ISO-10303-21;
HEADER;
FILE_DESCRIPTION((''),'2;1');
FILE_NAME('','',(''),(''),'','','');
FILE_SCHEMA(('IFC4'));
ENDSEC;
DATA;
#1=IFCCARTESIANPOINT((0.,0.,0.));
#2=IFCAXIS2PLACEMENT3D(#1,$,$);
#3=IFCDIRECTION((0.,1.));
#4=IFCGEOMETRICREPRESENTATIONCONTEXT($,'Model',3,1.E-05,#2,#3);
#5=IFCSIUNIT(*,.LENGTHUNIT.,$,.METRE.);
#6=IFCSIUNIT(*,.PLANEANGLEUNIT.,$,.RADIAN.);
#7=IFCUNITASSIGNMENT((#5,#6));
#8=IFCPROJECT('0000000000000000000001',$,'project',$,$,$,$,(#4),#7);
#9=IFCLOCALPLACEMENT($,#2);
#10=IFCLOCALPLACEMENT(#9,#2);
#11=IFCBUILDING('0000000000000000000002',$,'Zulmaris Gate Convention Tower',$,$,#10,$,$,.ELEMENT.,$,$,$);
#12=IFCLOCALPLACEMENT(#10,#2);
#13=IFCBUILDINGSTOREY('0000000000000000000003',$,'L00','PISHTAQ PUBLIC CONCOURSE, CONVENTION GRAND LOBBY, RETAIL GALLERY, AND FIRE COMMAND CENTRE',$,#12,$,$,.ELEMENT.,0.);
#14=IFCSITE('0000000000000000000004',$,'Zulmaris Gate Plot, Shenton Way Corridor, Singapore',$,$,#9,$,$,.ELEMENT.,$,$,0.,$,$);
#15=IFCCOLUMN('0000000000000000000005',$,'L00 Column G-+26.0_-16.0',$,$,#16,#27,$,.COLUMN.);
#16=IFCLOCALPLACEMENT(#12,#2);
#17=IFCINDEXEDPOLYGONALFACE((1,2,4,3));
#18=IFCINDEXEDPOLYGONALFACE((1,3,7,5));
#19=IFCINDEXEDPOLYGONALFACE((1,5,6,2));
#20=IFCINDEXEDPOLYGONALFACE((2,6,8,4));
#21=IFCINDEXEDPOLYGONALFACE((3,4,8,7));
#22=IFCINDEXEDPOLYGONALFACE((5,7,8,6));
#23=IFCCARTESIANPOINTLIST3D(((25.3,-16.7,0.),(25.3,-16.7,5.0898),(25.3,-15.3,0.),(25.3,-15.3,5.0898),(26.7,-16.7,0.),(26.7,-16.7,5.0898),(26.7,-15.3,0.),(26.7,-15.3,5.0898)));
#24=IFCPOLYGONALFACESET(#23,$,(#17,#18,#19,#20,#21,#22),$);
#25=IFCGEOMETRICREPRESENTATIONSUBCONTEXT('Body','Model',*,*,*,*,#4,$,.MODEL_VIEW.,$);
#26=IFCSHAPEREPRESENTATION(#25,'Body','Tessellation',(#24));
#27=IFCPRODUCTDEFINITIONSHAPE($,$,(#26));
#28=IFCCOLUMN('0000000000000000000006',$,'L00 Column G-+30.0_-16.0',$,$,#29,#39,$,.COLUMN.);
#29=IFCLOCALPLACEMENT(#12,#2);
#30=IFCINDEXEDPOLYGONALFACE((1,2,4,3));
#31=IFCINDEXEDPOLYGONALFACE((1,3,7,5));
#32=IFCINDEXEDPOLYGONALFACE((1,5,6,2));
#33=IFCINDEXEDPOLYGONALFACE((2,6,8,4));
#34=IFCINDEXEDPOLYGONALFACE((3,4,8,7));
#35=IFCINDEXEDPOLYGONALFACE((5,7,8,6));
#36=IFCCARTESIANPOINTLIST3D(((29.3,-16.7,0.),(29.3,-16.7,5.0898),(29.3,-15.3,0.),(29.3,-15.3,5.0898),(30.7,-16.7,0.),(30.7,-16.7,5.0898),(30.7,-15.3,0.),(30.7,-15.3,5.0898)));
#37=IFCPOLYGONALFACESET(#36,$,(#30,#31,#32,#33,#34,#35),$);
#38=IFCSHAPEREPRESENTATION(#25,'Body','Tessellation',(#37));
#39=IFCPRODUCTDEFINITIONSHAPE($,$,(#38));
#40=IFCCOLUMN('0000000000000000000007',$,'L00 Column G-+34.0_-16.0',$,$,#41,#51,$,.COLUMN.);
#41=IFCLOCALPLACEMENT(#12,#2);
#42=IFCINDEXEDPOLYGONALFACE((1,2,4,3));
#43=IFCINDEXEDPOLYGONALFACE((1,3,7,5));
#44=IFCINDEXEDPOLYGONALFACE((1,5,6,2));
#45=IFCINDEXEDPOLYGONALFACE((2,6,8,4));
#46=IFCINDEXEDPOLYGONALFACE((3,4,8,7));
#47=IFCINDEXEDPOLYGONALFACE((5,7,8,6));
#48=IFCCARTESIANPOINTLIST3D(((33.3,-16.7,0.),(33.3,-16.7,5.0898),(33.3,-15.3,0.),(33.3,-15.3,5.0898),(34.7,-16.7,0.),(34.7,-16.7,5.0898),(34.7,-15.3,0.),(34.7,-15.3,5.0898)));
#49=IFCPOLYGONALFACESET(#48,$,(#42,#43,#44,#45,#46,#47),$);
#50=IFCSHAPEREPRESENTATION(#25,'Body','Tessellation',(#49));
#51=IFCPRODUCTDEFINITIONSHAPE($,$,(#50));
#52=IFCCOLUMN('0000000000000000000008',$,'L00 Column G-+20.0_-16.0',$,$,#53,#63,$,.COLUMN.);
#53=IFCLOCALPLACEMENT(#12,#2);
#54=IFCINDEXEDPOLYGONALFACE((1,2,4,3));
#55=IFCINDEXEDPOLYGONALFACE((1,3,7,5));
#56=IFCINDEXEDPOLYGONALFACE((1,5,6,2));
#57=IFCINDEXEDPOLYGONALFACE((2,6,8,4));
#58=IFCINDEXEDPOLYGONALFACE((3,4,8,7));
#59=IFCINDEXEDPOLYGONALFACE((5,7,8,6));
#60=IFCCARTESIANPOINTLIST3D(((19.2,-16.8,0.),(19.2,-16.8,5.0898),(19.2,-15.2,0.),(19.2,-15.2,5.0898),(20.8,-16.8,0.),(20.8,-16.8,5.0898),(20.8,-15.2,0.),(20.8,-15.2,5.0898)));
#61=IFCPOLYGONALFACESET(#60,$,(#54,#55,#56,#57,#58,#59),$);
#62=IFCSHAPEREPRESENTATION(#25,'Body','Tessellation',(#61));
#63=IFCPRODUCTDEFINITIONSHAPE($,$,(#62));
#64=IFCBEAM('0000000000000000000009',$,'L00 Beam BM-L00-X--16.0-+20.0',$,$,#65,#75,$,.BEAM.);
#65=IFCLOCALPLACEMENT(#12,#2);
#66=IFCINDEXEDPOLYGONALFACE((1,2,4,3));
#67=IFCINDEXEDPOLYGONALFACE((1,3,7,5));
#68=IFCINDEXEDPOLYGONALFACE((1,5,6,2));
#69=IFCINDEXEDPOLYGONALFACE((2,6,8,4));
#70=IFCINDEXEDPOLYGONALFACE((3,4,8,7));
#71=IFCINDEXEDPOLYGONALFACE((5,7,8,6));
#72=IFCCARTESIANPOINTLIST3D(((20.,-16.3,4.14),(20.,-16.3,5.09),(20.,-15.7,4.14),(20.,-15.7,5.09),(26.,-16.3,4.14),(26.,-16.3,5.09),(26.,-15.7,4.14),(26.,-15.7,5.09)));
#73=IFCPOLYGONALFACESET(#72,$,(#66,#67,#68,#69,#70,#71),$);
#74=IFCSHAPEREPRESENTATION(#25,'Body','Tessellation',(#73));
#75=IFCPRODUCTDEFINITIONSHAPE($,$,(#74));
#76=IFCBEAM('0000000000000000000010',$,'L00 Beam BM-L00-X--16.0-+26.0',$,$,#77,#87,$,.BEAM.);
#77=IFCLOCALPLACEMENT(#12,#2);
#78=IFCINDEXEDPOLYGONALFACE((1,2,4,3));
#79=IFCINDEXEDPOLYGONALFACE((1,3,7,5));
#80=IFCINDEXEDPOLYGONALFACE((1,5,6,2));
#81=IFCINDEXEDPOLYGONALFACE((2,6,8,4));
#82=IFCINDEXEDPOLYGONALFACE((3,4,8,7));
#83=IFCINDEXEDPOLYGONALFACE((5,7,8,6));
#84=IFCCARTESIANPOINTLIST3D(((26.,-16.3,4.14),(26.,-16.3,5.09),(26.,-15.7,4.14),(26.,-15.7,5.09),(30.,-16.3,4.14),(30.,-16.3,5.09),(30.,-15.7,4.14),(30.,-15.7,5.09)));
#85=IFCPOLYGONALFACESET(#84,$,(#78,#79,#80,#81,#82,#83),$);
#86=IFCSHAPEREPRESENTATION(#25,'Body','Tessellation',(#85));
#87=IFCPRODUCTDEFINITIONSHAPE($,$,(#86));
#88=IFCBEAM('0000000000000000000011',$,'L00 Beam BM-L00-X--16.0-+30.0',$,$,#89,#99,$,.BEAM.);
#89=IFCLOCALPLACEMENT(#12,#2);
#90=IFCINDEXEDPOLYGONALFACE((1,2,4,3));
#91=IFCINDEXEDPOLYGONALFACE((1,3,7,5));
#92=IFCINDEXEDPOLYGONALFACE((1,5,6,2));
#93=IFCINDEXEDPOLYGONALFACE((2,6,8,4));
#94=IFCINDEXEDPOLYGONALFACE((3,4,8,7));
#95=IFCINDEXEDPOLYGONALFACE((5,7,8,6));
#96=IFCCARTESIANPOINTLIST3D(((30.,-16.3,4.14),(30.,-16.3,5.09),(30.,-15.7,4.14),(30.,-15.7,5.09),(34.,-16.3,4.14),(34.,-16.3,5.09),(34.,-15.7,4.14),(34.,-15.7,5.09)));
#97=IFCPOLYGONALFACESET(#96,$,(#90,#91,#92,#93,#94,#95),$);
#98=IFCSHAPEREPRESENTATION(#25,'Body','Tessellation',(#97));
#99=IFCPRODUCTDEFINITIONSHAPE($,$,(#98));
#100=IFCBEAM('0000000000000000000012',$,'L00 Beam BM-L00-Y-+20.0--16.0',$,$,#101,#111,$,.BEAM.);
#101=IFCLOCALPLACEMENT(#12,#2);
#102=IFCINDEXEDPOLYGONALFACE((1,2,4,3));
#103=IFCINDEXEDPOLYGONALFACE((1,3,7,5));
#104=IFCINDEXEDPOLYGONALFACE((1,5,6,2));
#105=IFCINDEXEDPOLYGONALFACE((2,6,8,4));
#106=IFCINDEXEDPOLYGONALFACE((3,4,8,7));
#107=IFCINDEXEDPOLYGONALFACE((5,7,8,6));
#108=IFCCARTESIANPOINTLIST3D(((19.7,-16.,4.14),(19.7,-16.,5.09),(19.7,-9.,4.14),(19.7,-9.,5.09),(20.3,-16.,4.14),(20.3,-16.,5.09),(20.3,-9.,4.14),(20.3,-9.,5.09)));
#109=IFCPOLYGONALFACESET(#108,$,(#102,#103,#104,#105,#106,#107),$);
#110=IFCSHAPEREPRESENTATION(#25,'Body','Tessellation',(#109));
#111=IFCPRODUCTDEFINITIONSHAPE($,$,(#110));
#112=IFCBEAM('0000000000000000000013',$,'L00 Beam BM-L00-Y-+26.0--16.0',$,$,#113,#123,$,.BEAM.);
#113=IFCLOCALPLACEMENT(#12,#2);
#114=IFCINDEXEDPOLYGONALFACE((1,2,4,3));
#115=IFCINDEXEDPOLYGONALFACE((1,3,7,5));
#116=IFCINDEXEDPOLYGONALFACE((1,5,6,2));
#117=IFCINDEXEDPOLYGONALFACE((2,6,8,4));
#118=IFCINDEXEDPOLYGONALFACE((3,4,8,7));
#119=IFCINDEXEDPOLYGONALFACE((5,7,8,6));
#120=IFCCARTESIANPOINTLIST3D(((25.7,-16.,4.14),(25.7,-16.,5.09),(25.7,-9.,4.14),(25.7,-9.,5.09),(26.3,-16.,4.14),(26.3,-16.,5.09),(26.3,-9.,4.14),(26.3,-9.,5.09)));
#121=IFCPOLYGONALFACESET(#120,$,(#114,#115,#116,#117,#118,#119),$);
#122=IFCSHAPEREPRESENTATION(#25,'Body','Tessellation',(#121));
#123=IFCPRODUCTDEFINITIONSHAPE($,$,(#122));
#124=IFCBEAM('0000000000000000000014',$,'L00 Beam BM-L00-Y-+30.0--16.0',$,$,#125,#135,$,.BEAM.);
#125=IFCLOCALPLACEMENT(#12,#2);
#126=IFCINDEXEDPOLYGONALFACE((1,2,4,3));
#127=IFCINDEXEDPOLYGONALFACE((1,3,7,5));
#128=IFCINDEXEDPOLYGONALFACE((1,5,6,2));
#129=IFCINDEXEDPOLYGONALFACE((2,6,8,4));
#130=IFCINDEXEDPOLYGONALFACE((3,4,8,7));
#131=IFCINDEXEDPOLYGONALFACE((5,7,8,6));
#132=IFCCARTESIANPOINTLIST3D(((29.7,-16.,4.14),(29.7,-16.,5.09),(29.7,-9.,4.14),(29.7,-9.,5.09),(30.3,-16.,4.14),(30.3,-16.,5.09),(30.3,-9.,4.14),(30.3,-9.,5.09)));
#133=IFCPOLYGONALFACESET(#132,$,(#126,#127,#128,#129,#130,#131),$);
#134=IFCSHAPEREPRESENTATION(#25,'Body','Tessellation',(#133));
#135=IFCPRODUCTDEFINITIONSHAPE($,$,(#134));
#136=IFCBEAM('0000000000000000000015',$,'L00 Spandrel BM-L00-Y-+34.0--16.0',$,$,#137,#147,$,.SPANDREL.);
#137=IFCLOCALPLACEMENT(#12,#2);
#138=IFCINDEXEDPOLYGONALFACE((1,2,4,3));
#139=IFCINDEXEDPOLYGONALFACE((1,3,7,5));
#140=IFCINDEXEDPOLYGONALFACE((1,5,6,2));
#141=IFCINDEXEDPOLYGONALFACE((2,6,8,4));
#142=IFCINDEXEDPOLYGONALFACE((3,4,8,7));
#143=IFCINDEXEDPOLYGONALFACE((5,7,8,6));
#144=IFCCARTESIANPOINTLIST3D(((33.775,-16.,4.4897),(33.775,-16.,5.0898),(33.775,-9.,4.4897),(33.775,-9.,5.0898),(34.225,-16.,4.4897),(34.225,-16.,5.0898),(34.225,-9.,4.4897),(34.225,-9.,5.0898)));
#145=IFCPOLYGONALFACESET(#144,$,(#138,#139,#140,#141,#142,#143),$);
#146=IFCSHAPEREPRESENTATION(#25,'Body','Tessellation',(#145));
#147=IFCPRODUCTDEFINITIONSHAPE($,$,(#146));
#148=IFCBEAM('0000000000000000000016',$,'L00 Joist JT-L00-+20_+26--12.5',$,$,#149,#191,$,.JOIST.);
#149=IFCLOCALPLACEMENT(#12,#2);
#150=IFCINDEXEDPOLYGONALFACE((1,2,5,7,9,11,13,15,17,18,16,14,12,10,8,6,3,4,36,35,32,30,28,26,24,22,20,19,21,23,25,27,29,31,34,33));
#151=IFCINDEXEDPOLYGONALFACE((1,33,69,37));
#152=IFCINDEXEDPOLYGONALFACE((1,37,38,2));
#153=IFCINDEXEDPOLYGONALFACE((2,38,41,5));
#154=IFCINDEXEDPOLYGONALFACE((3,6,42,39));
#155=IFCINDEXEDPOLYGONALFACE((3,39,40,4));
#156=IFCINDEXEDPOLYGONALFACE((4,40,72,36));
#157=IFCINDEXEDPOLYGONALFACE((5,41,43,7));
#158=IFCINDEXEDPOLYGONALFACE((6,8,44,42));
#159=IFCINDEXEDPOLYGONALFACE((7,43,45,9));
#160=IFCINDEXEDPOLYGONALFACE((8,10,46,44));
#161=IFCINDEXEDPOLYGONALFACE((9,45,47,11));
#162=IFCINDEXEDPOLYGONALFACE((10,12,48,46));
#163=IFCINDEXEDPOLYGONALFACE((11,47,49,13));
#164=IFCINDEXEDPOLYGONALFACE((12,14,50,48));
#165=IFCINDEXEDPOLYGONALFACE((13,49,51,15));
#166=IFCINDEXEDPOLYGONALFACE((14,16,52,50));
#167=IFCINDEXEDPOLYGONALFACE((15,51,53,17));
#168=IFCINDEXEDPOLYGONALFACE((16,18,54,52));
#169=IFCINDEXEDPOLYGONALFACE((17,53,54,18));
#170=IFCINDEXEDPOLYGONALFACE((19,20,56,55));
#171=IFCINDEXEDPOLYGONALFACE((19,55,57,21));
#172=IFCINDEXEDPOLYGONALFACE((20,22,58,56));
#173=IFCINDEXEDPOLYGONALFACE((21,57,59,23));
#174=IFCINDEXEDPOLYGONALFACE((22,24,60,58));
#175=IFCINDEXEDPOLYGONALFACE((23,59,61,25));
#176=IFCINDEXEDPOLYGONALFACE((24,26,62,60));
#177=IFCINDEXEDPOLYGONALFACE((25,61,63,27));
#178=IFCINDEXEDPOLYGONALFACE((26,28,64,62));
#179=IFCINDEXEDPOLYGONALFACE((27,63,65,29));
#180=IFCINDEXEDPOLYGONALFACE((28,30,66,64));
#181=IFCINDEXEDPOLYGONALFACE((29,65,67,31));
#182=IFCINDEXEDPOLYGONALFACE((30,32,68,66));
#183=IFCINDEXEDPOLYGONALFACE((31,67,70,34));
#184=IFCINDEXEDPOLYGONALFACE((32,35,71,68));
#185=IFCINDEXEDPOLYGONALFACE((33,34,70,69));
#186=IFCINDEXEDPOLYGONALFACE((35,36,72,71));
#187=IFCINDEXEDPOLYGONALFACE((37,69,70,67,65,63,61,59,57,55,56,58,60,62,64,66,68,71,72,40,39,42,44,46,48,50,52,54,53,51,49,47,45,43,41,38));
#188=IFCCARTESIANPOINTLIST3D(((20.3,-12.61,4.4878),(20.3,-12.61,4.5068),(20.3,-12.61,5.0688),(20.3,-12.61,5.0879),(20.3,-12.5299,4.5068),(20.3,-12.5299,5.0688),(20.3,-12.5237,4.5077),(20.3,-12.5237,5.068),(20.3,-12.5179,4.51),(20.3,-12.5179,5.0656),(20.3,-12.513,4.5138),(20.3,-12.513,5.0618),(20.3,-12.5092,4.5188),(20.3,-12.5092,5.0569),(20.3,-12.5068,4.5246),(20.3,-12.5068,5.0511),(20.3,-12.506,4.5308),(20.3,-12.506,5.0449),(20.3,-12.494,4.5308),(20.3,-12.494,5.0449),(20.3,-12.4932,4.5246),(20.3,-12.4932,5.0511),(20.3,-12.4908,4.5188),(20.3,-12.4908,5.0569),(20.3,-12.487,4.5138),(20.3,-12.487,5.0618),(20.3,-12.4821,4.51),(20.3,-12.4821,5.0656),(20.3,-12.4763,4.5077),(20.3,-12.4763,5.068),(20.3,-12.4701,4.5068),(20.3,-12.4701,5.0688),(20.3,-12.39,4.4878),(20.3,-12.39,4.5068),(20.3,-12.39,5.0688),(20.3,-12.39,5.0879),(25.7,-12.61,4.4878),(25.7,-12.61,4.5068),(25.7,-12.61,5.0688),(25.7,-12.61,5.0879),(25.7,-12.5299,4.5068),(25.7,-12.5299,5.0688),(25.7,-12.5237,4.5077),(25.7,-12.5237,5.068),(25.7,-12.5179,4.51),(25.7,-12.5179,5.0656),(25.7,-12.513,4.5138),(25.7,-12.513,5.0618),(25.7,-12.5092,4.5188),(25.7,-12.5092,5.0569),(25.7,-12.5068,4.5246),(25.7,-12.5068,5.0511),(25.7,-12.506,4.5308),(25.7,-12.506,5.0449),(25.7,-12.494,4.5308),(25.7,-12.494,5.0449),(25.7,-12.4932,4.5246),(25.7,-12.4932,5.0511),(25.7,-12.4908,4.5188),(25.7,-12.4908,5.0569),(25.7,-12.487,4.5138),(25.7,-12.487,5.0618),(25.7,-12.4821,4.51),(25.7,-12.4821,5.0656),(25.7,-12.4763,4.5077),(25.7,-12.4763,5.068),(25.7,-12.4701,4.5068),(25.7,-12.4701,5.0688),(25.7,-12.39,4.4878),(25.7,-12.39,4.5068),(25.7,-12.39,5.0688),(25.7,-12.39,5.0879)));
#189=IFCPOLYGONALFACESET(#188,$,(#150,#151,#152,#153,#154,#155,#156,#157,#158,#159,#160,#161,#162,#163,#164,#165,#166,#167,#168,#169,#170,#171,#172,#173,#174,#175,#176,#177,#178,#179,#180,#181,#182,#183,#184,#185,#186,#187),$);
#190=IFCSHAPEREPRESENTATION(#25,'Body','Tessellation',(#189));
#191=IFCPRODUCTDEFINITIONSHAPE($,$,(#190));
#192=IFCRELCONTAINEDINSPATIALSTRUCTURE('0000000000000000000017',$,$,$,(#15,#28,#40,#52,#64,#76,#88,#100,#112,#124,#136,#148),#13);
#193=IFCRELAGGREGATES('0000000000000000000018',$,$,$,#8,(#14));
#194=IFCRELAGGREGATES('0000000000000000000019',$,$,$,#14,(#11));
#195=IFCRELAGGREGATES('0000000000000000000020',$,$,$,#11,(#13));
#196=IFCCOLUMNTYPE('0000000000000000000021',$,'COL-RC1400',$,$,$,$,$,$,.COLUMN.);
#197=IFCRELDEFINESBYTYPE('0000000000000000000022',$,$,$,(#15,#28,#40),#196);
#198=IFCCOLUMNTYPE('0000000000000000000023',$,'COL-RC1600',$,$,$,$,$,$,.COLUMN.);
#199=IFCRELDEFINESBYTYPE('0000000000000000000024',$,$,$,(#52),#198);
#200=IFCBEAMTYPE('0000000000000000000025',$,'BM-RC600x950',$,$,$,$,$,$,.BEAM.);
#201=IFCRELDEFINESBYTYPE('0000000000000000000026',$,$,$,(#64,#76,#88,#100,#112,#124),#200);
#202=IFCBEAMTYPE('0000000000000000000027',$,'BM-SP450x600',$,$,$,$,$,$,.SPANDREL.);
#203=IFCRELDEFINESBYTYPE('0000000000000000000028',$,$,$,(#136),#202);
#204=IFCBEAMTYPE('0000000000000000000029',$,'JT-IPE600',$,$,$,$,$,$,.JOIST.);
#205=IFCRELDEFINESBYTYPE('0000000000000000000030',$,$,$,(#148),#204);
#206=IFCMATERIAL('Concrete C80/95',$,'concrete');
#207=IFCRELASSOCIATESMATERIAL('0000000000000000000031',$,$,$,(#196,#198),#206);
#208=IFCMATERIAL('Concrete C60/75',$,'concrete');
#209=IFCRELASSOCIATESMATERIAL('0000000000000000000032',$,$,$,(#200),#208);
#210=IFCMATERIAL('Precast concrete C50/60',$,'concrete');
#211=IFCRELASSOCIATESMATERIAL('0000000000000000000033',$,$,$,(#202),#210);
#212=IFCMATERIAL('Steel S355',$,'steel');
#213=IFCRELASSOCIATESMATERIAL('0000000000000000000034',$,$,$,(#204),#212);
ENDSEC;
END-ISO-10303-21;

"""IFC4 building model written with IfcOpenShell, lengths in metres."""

from ifc_helpers import new_model, si_unit, direction, frame, origin, origin_2d, place, context, subcontext, project, spatial, rectangle, i_section, extrude, material, material_profile, profile_set, type_object, element, save


model = new_model("IFC4")

# Units and contexts
model_context = context("Model", 3, precision=1e-05, world=origin(), true_north=direction((0.0, 1.0)))
body_context = subcontext(model_context, "Body", "Model", "MODEL_VIEW")
ifc_project = project(units=[si_unit("LENGTHUNIT", "METRE"), si_unit("PLANEANGLEUNIT", "RADIAN")], contexts=[model_context])

# Site, building, storey
site_placement = place(None, origin())
site = spatial("IfcSite", under=ifc_project, at=site_placement, Name="Zulmaris Gate Plot, Shenton Way Corridor, Singapore", CompositionType="ELEMENT", RefElevation=0.0)
building_placement = place(site_placement, origin())
building = spatial("IfcBuilding", under=site, at=building_placement, Name="Zulmaris Gate Convention Tower", CompositionType="ELEMENT")
storey_placement = place(building_placement, origin())
storey = spatial("IfcBuildingStorey", under=building, at=storey_placement, Name="L00", Description="PISHTAQ PUBLIC CONCOURSE, CONVENTION GRAND LOBBY, RETAIL GALLERY, AND FIRE COMMAND CENTRE", CompositionType="ELEMENT", Elevation=0.0)

# Columns
ifc_material_1 = material(Name="Concrete C80/95", Category="concrete")
ifc_material_profile_1 = material_profile(ifc_material_1, rectangle(XDim=1.3999, YDim=1.3999, at=origin_2d()), Name="RC COL 1400x1400")
ifc_profile_set_1 = profile_set([ifc_material_profile_1], Name="Concrete C80/95")
column_type_1 = type_object("IfcColumnType", Name="COL-RC1400", PredefinedType="COLUMN", material=ifc_profile_set_1)
for number, where, z_axis, x_axis, name in (
    (1, (26.0, -16.0, 0.0), (0.0, 0.0, 1.0), (1.0, 0.0, 0.0), "L00 Column G-+26.0_-16.0"),
    (2, (30.0, -16.0, 0.0), (0.0, 0.0, 1.0), (1.0, 0.0, 0.0), "L00 Column G-+30.0_-16.0"),
    (3, (34.0, -16.0, 0.0), (0.0, 0.0, 1.0), (1.0, 0.0, 0.0), "L00 Column G-+34.0_-16.0"),
):
    element("IfcColumn", number, at=place(storey_placement, frame(where, z_axis=z_axis, x_axis=x_axis)), inside=storey, type_object=column_type_1, Name=name, PredefinedType="COLUMN", context=body_context, shape_type="SweptSolid", body=[
        extrude(rectangle(XDim=1.3999, YDim=1.3999, at=origin_2d()), origin(), (0.0, 0.0, 1.0), 5.0898),
    ])
ifc_material_profile_2 = material_profile(ifc_material_1, rectangle(XDim=1.6001, YDim=1.6001, at=origin_2d()), Name="RC COL 1600x1600")
ifc_profile_set_2 = profile_set([ifc_material_profile_2], Name="Concrete C80/95")
column_type_2 = type_object("IfcColumnType", Name="COL-RC1600", PredefinedType="COLUMN", material=ifc_profile_set_2)
column_placement = place(storey_placement, frame((20.0, -16.0, 0.0), z_axis=(0.0, 0.0, 1.0), x_axis=(1.0, 0.0, 0.0)))
element("IfcColumn", 4, at=column_placement, inside=storey, type_object=column_type_2, Name="L00 Column G-+20.0_-16.0", PredefinedType="COLUMN", context=body_context, shape_type="SweptSolid", body=[
    extrude(rectangle(XDim=1.6001, YDim=1.6001, at=origin_2d()), origin(), (0.0, 0.0, 1.0), 5.0898),
])

# Beams
ifc_material_2 = material(Name="Concrete C60/75", Category="concrete")
ifc_material_profile_3 = material_profile(ifc_material_2, rectangle(XDim=0.6001, YDim=0.95, at=origin_2d()), Name="RC BEAM 600x950")
ifc_profile_set_3 = profile_set([ifc_material_profile_3], Name="Concrete C60/75")
beam_type_1 = type_object("IfcBeamType", Name="BM-RC600x950", PredefinedType="BEAM", material=ifc_profile_set_3)
beam_1_placement = place(storey_placement, frame((20.0, -16.0, 4.615), z_axis=(1.0, 0.0, 0.0), x_axis=(0.0, 1.0, 0.0)))
element("IfcBeam", 5, at=beam_1_placement, inside=storey, type_object=beam_type_1, Name="L00 Beam BM-L00-X--16.0-+20.0", PredefinedType="BEAM", context=body_context, shape_type="SweptSolid", body=[
    extrude(rectangle(XDim=0.6001, YDim=0.95, at=origin_2d()), origin(), (0.0, 0.0, 1.0), 6.0),
])
for number, where, z_axis, x_axis, name in (
    (6, (26.0, -16.0, 4.615), (1.0, 0.0, 0.0), (0.0, 1.0, 0.0), "L00 Beam BM-L00-X--16.0-+26.0"),
    (7, (30.0, -16.0, 4.615), (1.0, 0.0, 0.0), (0.0, 1.0, 0.0), "L00 Beam BM-L00-X--16.0-+30.0"),
):
    element("IfcBeam", number, at=place(storey_placement, frame(where, z_axis=z_axis, x_axis=x_axis)), inside=storey, type_object=beam_type_1, Name=name, PredefinedType="BEAM", context=body_context, shape_type="SweptSolid", body=[
        extrude(rectangle(XDim=0.6001, YDim=0.95, at=origin_2d()), origin(), (0.0, 0.0, 1.0), 4.0),
    ])
for number, where, z_axis, x_axis, name in (
    (8, (20.0, -16.0, 4.615), (0.0, 1.0, 0.0), (-1.0, 0.0, 0.0), "L00 Beam BM-L00-Y-+20.0--16.0"),
    (9, (26.0, -16.0, 4.615), (0.0, 1.0, 0.0), (-1.0, 0.0, 0.0), "L00 Beam BM-L00-Y-+26.0--16.0"),
    (10, (30.0, -16.0, 4.615), (0.0, 1.0, 0.0), (-1.0, 0.0, 0.0), "L00 Beam BM-L00-Y-+30.0--16.0"),
):
    element("IfcBeam", number, at=place(storey_placement, frame(where, z_axis=z_axis, x_axis=x_axis)), inside=storey, type_object=beam_type_1, Name=name, PredefinedType="BEAM", context=body_context, shape_type="SweptSolid", body=[
        extrude(rectangle(XDim=0.6001, YDim=0.95, at=origin_2d()), origin(), (0.0, 0.0, 1.0), 7.0),
    ])
ifc_material_3 = material(Name="Precast concrete C50/60", Category="concrete")
ifc_material_profile_4 = material_profile(ifc_material_3, rectangle(XDim=0.45, YDim=0.6001, at=origin_2d()), Name="RC SPANDREL 450x600")
ifc_profile_set_4 = profile_set([ifc_material_profile_4], Name="Precast concrete C50/60")
beam_type_2 = type_object("IfcBeamType", Name="BM-SP450x600", PredefinedType="SPANDREL", material=ifc_profile_set_4)
beam_2_placement = place(storey_placement, frame((34.0, -16.0, 4.7898), z_axis=(0.0, 1.0, 0.0), x_axis=(-1.0, 0.0, 0.0)))
element("IfcBeam", 11, at=beam_2_placement, inside=storey, type_object=beam_type_2, Name="L00 Spandrel BM-L00-Y-+34.0--16.0", PredefinedType="SPANDREL", context=body_context, shape_type="SweptSolid", body=[
    extrude(rectangle(XDim=0.45, YDim=0.6001, at=origin_2d()), origin(), (0.0, 0.0, 1.0), 7.0),
])
ifc_material_4 = material(Name="Steel S355", Category="steel")
ifc_material_profile_5 = material_profile(ifc_material_4, i_section(OverallWidth=0.22, OverallDepth=0.6001, WebThickness=0.012, FlangeThickness=0.019, FilletRadius=0.0239, at=origin_2d()), Name="IPE 600")
ifc_profile_set_5 = profile_set([ifc_material_profile_5], Name="Steel S355")
beam_type_3 = type_object("IfcBeamType", Name="JT-IPE600", PredefinedType="JOIST", material=ifc_profile_set_5)
beam_3_placement = place(storey_placement, frame((20.3, -12.5, 4.7878), z_axis=(1.0, 0.0, 0.0), x_axis=(0.0, 1.0, 0.0)))
element("IfcBeam", 12, at=beam_3_placement, inside=storey, type_object=beam_type_3, Name="L00 Joist JT-L00-+20_+26--12.5", PredefinedType="JOIST", context=body_context, shape_type="SweptSolid", body=[
    extrude(i_section(OverallWidth=0.22, OverallDepth=0.6001, WebThickness=0.012, FlangeThickness=0.019, FilletRadius=0.0239, at=origin_2d()), origin(), (0.0, 0.0, 1.0), 5.3999),
])

save(model, "model.ifc")
